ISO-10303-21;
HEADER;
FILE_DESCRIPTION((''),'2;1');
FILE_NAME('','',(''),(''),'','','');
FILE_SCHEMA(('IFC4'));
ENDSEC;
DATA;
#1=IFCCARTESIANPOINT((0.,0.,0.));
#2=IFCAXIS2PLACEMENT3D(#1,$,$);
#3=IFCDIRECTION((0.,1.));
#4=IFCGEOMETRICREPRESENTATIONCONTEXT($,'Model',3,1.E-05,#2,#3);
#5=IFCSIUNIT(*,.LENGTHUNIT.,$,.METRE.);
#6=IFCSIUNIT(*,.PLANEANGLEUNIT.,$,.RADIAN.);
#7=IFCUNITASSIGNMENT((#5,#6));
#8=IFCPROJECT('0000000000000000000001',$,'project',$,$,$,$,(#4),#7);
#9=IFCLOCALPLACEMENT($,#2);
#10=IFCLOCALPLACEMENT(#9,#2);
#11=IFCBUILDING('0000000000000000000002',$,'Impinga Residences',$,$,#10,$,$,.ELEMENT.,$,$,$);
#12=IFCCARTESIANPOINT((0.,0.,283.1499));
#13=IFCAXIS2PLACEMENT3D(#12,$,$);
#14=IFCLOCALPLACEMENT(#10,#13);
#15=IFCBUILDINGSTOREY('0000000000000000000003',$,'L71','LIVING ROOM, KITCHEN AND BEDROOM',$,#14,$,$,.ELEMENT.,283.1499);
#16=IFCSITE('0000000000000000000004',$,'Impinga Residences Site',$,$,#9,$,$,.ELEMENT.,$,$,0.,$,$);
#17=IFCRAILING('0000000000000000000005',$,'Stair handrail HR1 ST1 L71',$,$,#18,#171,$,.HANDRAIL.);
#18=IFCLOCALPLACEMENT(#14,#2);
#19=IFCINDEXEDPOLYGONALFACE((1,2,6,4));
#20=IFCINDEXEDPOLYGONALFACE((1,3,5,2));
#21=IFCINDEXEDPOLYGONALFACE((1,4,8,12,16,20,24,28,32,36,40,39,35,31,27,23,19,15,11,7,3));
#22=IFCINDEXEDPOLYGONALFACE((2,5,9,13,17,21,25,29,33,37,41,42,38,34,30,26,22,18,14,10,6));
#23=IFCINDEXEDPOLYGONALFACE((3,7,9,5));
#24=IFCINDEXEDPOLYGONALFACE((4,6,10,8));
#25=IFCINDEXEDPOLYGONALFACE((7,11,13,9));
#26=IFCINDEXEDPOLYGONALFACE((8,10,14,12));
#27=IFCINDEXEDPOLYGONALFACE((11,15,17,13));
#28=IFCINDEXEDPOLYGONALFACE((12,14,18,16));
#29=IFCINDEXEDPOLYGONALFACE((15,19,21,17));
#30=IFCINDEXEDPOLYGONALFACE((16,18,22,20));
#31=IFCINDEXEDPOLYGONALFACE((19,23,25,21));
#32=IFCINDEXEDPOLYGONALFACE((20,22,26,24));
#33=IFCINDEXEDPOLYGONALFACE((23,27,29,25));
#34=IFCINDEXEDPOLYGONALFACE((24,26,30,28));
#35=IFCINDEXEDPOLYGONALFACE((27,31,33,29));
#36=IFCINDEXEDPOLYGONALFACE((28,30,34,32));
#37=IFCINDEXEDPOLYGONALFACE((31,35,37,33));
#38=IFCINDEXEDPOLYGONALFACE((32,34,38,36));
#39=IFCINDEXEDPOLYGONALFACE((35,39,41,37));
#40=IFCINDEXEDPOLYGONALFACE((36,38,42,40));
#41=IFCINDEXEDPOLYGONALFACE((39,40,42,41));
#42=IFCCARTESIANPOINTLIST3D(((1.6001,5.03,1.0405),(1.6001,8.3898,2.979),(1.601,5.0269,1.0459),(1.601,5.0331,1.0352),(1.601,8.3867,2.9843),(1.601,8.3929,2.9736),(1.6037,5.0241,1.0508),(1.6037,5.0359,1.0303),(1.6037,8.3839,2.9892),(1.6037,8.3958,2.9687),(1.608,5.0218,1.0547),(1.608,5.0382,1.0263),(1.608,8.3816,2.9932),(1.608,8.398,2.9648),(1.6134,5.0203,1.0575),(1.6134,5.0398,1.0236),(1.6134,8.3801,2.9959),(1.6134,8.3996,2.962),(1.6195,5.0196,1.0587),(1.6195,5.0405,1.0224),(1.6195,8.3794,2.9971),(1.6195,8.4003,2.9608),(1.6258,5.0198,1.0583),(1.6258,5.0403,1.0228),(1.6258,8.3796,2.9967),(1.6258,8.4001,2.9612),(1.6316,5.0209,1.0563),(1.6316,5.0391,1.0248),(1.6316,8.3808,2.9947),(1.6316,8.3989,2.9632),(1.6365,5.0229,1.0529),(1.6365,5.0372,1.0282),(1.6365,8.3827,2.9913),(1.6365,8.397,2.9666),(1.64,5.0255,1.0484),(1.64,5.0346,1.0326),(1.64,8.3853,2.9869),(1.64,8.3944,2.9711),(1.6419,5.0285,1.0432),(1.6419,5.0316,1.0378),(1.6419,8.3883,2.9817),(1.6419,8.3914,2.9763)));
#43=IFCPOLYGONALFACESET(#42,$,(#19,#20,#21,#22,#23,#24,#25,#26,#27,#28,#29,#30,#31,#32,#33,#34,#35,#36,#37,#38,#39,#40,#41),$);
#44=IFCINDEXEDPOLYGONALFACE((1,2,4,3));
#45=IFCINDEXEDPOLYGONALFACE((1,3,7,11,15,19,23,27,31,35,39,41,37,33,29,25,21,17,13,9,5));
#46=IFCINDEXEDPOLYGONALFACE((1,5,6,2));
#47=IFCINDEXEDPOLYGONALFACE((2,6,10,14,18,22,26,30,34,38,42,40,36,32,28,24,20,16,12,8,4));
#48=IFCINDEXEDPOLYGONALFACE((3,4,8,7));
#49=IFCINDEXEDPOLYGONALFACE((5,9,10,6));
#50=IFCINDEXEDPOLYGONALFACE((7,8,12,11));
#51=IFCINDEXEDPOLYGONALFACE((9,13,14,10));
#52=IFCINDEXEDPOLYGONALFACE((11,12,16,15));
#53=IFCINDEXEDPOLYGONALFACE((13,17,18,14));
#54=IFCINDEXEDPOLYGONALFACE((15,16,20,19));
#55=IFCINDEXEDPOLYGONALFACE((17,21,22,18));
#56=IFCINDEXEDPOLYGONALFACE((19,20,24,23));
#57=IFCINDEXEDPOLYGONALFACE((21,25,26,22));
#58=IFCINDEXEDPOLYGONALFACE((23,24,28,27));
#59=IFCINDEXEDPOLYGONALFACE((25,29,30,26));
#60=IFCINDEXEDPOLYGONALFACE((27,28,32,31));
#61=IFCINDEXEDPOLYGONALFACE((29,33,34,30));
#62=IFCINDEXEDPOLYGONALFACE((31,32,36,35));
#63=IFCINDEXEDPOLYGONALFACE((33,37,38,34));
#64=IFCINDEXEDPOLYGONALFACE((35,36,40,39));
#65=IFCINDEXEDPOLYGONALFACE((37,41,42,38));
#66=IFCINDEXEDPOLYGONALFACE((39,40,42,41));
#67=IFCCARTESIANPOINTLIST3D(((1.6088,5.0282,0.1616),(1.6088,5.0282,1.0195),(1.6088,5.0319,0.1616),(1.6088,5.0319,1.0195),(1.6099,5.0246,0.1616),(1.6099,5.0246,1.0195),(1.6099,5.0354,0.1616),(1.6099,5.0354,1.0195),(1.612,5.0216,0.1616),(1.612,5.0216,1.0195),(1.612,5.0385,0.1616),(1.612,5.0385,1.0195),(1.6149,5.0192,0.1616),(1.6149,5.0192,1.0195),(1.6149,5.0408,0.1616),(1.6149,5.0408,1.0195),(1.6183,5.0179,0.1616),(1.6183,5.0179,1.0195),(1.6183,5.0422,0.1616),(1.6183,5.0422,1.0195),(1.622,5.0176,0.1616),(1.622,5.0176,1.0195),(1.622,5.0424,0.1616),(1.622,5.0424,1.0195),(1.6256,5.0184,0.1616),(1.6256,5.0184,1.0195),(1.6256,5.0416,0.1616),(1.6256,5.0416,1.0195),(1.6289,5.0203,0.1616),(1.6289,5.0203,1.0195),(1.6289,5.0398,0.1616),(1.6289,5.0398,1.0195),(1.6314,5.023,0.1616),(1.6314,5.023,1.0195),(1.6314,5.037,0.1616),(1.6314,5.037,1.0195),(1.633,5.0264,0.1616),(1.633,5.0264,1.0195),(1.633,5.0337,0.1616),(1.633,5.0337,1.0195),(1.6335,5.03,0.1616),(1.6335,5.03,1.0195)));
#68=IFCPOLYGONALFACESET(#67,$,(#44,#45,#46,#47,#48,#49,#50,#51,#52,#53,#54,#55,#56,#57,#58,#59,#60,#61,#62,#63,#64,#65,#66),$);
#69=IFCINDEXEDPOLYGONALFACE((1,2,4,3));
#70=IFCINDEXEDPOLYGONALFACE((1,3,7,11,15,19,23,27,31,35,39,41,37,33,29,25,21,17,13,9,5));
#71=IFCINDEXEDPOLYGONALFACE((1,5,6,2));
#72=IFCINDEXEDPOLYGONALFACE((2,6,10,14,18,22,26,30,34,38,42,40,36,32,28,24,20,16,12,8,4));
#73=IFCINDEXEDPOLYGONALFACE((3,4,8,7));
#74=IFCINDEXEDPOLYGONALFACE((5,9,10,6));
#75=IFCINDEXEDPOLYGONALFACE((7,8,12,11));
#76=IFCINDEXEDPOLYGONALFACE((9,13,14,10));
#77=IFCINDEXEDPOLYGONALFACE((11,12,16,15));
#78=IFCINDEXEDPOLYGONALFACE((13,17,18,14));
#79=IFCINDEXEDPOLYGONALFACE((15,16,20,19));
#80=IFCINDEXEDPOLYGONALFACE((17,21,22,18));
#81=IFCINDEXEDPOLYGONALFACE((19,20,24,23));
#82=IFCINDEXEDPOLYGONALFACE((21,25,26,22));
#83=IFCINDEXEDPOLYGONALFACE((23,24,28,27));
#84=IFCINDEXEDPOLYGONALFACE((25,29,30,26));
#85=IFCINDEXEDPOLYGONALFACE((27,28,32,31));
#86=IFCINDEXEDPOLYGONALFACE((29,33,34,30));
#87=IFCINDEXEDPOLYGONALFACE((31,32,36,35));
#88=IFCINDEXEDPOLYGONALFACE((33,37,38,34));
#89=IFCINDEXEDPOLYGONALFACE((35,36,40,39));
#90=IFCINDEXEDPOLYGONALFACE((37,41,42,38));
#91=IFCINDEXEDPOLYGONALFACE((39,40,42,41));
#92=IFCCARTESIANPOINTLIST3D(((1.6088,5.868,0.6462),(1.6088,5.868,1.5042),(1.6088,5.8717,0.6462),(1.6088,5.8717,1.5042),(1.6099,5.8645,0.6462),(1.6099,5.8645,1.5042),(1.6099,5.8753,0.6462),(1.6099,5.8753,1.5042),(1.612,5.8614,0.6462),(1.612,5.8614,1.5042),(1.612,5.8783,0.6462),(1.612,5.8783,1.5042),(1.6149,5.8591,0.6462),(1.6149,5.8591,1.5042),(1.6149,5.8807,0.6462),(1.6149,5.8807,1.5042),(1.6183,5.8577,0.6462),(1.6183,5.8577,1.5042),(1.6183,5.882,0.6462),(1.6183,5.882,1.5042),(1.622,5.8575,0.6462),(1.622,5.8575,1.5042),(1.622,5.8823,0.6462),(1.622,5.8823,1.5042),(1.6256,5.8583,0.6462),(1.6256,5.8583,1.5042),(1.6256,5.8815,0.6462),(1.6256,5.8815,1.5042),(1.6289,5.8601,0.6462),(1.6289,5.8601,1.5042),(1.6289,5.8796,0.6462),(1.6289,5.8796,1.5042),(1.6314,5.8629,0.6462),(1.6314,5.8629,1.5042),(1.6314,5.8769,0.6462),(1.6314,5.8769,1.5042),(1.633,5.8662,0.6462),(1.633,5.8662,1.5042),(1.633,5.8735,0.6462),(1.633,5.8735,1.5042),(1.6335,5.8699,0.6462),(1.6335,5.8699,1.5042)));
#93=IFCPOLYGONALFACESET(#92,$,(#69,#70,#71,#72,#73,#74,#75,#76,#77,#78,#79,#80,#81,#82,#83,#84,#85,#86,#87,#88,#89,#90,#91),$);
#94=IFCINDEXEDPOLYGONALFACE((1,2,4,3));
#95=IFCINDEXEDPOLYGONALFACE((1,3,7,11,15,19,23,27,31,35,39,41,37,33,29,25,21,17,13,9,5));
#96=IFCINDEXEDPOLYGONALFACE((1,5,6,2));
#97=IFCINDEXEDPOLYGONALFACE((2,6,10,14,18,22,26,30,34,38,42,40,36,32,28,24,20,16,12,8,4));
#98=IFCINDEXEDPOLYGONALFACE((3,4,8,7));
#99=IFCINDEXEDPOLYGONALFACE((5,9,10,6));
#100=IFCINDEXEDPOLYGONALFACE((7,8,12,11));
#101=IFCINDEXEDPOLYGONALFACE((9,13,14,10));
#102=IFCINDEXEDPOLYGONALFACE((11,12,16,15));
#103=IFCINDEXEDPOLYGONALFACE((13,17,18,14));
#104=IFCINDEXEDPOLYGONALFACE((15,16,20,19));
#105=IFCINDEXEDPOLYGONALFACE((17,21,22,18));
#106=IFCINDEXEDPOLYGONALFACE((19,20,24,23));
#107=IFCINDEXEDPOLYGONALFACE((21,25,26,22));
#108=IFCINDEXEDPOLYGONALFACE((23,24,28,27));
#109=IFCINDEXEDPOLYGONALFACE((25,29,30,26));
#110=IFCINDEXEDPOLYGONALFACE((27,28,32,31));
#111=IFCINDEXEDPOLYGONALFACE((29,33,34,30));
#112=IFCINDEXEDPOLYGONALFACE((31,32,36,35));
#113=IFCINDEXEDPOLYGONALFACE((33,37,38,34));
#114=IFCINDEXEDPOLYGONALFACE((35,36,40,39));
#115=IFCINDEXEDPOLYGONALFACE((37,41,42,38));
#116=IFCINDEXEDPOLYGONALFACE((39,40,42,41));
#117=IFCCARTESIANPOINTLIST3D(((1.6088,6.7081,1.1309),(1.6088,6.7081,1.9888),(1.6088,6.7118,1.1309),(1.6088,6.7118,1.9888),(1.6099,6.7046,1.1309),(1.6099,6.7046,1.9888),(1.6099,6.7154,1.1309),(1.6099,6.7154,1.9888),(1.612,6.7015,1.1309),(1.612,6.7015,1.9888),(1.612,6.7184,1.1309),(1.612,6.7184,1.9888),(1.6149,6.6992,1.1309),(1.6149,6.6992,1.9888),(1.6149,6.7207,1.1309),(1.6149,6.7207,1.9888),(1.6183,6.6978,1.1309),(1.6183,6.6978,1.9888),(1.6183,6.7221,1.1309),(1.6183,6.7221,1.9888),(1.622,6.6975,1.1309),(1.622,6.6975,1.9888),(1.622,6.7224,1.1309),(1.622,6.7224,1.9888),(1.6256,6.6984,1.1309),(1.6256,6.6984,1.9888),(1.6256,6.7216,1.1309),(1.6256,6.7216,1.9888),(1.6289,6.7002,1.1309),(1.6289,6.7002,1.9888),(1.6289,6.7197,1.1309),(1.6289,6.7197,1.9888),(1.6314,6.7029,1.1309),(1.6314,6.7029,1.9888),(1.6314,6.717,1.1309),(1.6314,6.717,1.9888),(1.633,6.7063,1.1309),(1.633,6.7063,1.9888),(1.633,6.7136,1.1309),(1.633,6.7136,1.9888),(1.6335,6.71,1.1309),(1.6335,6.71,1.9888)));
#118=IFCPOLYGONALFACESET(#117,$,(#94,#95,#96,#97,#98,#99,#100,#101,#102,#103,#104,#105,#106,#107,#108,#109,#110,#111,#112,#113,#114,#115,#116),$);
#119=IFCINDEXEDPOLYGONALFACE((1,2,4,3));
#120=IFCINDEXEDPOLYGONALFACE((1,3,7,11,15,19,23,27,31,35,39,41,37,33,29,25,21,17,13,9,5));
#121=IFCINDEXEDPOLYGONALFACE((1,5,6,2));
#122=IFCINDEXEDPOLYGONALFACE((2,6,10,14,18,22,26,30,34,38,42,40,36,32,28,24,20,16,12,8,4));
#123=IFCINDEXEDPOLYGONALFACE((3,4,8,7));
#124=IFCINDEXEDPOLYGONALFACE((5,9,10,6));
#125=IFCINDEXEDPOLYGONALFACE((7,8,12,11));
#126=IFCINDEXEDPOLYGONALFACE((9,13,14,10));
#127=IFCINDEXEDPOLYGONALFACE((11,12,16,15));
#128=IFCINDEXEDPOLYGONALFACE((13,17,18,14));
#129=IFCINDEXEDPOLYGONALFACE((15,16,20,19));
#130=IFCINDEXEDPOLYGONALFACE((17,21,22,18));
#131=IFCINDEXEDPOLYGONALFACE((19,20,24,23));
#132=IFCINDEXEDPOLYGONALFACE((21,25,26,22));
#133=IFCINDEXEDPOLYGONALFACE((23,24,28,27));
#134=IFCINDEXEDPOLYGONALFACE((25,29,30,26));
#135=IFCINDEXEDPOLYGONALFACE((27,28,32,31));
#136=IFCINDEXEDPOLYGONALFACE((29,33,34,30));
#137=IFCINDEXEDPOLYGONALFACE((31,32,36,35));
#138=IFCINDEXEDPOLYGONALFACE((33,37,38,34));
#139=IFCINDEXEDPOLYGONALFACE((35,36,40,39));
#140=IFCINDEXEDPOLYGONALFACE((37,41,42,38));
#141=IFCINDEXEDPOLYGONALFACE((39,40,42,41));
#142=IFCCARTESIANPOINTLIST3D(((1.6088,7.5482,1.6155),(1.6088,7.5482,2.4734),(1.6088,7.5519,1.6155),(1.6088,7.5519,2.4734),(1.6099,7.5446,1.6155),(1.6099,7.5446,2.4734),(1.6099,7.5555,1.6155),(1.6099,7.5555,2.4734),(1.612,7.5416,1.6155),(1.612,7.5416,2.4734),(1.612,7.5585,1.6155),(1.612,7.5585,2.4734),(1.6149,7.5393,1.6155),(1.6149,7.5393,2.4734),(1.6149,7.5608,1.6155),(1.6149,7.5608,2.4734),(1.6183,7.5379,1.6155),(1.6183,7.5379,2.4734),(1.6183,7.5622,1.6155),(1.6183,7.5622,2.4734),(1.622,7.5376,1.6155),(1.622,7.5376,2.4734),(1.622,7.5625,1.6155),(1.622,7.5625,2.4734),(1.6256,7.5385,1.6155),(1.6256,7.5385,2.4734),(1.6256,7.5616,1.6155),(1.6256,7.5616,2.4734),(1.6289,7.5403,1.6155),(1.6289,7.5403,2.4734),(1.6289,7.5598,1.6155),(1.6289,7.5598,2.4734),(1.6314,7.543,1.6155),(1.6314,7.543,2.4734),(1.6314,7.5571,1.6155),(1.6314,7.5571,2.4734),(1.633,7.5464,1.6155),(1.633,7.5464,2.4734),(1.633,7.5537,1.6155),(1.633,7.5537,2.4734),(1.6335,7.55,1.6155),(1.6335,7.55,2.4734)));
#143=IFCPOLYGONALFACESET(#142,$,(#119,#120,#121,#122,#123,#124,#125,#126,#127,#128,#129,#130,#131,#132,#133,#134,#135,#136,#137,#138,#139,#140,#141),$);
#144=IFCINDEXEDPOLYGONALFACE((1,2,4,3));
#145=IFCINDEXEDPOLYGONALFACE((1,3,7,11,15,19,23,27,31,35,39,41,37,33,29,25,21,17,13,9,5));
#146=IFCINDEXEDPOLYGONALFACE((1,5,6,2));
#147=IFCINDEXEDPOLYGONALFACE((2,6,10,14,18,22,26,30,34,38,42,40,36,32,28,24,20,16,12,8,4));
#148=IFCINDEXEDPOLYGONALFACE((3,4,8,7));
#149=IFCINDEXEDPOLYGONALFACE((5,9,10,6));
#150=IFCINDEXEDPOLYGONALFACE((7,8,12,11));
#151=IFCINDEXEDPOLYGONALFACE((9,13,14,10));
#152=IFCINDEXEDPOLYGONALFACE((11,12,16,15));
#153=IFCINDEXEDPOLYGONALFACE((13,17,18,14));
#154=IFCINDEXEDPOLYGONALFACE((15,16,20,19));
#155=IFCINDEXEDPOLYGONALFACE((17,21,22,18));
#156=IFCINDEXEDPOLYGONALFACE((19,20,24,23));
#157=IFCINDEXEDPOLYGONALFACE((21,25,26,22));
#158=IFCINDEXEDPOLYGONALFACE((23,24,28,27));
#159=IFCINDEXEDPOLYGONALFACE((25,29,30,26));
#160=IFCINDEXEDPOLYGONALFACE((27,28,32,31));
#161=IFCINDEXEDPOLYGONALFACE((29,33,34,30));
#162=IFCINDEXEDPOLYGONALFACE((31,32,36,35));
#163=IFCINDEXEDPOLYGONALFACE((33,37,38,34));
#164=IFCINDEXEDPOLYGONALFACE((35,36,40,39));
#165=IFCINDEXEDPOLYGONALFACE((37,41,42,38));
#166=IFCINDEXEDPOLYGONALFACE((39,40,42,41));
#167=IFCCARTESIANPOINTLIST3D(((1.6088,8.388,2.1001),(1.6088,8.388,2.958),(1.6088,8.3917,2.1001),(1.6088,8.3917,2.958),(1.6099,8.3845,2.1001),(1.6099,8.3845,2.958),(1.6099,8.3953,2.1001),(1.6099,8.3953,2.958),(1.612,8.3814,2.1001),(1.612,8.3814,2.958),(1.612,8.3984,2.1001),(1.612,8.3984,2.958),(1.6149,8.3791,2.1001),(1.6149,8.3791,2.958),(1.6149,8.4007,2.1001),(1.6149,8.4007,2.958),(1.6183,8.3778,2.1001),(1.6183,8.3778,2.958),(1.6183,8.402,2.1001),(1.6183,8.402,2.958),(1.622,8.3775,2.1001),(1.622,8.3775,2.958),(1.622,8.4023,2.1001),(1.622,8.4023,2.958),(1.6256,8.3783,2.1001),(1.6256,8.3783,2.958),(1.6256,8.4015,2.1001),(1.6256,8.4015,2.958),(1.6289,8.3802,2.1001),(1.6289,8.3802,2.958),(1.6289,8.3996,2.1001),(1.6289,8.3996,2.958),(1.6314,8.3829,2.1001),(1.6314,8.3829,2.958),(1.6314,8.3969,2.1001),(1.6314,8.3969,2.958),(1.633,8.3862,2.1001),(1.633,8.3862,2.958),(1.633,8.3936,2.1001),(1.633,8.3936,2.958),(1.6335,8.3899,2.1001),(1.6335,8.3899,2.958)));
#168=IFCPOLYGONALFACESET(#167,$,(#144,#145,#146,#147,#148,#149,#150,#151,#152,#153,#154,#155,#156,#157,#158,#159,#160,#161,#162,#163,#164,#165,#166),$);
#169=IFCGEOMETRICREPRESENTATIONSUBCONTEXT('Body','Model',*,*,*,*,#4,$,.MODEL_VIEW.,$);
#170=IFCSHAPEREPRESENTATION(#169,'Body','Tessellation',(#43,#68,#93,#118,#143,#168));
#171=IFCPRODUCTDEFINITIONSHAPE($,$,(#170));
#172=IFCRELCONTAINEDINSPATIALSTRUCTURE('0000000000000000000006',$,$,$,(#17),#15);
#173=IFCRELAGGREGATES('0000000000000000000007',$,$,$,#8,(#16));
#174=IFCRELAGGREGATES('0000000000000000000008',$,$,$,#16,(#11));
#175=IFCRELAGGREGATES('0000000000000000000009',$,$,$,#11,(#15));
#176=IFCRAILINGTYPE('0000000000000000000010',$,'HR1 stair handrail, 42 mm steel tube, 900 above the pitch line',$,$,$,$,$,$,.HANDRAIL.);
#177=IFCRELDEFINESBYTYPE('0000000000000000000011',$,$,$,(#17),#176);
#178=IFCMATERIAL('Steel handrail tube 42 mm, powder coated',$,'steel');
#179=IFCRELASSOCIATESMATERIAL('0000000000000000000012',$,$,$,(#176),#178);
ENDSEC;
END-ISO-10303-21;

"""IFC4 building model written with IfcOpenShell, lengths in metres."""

from ifc_helpers import new_model, si_unit, direction, frame, origin, origin_2d, place, context, subcontext, project, spatial, circle, extrude, material, type_object, element, save


model = new_model("IFC4")

# Units and contexts
model_context = context("Model", 3, precision=1e-05, world=origin(), true_north=direction((0.0, 1.0)))
body_context = subcontext(model_context, "Body", "Model", "MODEL_VIEW")
ifc_project = project(units=[si_unit("LENGTHUNIT", "METRE"), si_unit("PLANEANGLEUNIT", "RADIAN")], contexts=[model_context])

# Site, building, storey
site_placement = place(None, origin())
site = spatial("IfcSite", under=ifc_project, at=site_placement, Name="Impinga Residences Site", CompositionType="ELEMENT", RefElevation=0.0)
building_placement = place(site_placement, origin())
building = spatial("IfcBuilding", under=site, at=building_placement, Name="Impinga Residences", CompositionType="ELEMENT")
storey_placement = place(building_placement, frame((0.0, 0.0, 283.1499)))
storey = spatial("IfcBuildingStorey", under=building, at=storey_placement, Name="L71", Description="LIVING ROOM, KITCHEN AND BEDROOM", CompositionType="ELEMENT", Elevation=283.1499)

# Railing
ifc_material_1 = material(Name="Steel handrail tube 42 mm, powder coated", Category="steel")
railing_type = type_object("IfcRailingType", Name="HR1 stair handrail, 42 mm steel tube, 900 above the pitch line", PredefinedType="HANDRAIL", material=ifc_material_1)
railing_placement = place(storey_placement, frame((1.6211, 5.03, 0.1616)))
element("IfcRailing", 1, at=railing_placement, inside=storey, type_object=railing_type, Name="Stair handrail HR1 ST1 L71", PredefinedType="HANDRAIL", context=body_context, shape_type="SweptSolid", body=[
    extrude(circle(Radius=0.021, at=origin_2d()), frame((0.0, 0.0, 0.8789), z_axis=(0.0, 0.866175, 0.499741), x_axis=(-1.0, 0.0, 0.0)), (0.0, 0.0, 1.0), 3.8789),
    extrude(circle(Radius=0.0125, at=origin_2d()), origin(), (0.0, 0.0, 1.0), 0.8579),
    extrude(circle(Radius=0.0125, at=origin_2d()), frame((0.0, 0.8398, 0.4846)), (0.0, 0.0, 1.0), 0.8579),
    extrude(circle(Radius=0.0125, at=origin_2d()), frame((0.0, 1.6799, 0.9692)), (0.0, 0.0, 1.0), 0.8579),
    extrude(circle(Radius=0.0125, at=origin_2d()), frame((0.0, 2.52, 1.4539)), (0.0, 0.0, 1.0), 0.8579),
    extrude(circle(Radius=0.0125, at=origin_2d()), frame((0.0, 3.3599, 1.9385)), (0.0, 0.0, 1.0), 0.8579),
])

save(model, "model.ifc")
